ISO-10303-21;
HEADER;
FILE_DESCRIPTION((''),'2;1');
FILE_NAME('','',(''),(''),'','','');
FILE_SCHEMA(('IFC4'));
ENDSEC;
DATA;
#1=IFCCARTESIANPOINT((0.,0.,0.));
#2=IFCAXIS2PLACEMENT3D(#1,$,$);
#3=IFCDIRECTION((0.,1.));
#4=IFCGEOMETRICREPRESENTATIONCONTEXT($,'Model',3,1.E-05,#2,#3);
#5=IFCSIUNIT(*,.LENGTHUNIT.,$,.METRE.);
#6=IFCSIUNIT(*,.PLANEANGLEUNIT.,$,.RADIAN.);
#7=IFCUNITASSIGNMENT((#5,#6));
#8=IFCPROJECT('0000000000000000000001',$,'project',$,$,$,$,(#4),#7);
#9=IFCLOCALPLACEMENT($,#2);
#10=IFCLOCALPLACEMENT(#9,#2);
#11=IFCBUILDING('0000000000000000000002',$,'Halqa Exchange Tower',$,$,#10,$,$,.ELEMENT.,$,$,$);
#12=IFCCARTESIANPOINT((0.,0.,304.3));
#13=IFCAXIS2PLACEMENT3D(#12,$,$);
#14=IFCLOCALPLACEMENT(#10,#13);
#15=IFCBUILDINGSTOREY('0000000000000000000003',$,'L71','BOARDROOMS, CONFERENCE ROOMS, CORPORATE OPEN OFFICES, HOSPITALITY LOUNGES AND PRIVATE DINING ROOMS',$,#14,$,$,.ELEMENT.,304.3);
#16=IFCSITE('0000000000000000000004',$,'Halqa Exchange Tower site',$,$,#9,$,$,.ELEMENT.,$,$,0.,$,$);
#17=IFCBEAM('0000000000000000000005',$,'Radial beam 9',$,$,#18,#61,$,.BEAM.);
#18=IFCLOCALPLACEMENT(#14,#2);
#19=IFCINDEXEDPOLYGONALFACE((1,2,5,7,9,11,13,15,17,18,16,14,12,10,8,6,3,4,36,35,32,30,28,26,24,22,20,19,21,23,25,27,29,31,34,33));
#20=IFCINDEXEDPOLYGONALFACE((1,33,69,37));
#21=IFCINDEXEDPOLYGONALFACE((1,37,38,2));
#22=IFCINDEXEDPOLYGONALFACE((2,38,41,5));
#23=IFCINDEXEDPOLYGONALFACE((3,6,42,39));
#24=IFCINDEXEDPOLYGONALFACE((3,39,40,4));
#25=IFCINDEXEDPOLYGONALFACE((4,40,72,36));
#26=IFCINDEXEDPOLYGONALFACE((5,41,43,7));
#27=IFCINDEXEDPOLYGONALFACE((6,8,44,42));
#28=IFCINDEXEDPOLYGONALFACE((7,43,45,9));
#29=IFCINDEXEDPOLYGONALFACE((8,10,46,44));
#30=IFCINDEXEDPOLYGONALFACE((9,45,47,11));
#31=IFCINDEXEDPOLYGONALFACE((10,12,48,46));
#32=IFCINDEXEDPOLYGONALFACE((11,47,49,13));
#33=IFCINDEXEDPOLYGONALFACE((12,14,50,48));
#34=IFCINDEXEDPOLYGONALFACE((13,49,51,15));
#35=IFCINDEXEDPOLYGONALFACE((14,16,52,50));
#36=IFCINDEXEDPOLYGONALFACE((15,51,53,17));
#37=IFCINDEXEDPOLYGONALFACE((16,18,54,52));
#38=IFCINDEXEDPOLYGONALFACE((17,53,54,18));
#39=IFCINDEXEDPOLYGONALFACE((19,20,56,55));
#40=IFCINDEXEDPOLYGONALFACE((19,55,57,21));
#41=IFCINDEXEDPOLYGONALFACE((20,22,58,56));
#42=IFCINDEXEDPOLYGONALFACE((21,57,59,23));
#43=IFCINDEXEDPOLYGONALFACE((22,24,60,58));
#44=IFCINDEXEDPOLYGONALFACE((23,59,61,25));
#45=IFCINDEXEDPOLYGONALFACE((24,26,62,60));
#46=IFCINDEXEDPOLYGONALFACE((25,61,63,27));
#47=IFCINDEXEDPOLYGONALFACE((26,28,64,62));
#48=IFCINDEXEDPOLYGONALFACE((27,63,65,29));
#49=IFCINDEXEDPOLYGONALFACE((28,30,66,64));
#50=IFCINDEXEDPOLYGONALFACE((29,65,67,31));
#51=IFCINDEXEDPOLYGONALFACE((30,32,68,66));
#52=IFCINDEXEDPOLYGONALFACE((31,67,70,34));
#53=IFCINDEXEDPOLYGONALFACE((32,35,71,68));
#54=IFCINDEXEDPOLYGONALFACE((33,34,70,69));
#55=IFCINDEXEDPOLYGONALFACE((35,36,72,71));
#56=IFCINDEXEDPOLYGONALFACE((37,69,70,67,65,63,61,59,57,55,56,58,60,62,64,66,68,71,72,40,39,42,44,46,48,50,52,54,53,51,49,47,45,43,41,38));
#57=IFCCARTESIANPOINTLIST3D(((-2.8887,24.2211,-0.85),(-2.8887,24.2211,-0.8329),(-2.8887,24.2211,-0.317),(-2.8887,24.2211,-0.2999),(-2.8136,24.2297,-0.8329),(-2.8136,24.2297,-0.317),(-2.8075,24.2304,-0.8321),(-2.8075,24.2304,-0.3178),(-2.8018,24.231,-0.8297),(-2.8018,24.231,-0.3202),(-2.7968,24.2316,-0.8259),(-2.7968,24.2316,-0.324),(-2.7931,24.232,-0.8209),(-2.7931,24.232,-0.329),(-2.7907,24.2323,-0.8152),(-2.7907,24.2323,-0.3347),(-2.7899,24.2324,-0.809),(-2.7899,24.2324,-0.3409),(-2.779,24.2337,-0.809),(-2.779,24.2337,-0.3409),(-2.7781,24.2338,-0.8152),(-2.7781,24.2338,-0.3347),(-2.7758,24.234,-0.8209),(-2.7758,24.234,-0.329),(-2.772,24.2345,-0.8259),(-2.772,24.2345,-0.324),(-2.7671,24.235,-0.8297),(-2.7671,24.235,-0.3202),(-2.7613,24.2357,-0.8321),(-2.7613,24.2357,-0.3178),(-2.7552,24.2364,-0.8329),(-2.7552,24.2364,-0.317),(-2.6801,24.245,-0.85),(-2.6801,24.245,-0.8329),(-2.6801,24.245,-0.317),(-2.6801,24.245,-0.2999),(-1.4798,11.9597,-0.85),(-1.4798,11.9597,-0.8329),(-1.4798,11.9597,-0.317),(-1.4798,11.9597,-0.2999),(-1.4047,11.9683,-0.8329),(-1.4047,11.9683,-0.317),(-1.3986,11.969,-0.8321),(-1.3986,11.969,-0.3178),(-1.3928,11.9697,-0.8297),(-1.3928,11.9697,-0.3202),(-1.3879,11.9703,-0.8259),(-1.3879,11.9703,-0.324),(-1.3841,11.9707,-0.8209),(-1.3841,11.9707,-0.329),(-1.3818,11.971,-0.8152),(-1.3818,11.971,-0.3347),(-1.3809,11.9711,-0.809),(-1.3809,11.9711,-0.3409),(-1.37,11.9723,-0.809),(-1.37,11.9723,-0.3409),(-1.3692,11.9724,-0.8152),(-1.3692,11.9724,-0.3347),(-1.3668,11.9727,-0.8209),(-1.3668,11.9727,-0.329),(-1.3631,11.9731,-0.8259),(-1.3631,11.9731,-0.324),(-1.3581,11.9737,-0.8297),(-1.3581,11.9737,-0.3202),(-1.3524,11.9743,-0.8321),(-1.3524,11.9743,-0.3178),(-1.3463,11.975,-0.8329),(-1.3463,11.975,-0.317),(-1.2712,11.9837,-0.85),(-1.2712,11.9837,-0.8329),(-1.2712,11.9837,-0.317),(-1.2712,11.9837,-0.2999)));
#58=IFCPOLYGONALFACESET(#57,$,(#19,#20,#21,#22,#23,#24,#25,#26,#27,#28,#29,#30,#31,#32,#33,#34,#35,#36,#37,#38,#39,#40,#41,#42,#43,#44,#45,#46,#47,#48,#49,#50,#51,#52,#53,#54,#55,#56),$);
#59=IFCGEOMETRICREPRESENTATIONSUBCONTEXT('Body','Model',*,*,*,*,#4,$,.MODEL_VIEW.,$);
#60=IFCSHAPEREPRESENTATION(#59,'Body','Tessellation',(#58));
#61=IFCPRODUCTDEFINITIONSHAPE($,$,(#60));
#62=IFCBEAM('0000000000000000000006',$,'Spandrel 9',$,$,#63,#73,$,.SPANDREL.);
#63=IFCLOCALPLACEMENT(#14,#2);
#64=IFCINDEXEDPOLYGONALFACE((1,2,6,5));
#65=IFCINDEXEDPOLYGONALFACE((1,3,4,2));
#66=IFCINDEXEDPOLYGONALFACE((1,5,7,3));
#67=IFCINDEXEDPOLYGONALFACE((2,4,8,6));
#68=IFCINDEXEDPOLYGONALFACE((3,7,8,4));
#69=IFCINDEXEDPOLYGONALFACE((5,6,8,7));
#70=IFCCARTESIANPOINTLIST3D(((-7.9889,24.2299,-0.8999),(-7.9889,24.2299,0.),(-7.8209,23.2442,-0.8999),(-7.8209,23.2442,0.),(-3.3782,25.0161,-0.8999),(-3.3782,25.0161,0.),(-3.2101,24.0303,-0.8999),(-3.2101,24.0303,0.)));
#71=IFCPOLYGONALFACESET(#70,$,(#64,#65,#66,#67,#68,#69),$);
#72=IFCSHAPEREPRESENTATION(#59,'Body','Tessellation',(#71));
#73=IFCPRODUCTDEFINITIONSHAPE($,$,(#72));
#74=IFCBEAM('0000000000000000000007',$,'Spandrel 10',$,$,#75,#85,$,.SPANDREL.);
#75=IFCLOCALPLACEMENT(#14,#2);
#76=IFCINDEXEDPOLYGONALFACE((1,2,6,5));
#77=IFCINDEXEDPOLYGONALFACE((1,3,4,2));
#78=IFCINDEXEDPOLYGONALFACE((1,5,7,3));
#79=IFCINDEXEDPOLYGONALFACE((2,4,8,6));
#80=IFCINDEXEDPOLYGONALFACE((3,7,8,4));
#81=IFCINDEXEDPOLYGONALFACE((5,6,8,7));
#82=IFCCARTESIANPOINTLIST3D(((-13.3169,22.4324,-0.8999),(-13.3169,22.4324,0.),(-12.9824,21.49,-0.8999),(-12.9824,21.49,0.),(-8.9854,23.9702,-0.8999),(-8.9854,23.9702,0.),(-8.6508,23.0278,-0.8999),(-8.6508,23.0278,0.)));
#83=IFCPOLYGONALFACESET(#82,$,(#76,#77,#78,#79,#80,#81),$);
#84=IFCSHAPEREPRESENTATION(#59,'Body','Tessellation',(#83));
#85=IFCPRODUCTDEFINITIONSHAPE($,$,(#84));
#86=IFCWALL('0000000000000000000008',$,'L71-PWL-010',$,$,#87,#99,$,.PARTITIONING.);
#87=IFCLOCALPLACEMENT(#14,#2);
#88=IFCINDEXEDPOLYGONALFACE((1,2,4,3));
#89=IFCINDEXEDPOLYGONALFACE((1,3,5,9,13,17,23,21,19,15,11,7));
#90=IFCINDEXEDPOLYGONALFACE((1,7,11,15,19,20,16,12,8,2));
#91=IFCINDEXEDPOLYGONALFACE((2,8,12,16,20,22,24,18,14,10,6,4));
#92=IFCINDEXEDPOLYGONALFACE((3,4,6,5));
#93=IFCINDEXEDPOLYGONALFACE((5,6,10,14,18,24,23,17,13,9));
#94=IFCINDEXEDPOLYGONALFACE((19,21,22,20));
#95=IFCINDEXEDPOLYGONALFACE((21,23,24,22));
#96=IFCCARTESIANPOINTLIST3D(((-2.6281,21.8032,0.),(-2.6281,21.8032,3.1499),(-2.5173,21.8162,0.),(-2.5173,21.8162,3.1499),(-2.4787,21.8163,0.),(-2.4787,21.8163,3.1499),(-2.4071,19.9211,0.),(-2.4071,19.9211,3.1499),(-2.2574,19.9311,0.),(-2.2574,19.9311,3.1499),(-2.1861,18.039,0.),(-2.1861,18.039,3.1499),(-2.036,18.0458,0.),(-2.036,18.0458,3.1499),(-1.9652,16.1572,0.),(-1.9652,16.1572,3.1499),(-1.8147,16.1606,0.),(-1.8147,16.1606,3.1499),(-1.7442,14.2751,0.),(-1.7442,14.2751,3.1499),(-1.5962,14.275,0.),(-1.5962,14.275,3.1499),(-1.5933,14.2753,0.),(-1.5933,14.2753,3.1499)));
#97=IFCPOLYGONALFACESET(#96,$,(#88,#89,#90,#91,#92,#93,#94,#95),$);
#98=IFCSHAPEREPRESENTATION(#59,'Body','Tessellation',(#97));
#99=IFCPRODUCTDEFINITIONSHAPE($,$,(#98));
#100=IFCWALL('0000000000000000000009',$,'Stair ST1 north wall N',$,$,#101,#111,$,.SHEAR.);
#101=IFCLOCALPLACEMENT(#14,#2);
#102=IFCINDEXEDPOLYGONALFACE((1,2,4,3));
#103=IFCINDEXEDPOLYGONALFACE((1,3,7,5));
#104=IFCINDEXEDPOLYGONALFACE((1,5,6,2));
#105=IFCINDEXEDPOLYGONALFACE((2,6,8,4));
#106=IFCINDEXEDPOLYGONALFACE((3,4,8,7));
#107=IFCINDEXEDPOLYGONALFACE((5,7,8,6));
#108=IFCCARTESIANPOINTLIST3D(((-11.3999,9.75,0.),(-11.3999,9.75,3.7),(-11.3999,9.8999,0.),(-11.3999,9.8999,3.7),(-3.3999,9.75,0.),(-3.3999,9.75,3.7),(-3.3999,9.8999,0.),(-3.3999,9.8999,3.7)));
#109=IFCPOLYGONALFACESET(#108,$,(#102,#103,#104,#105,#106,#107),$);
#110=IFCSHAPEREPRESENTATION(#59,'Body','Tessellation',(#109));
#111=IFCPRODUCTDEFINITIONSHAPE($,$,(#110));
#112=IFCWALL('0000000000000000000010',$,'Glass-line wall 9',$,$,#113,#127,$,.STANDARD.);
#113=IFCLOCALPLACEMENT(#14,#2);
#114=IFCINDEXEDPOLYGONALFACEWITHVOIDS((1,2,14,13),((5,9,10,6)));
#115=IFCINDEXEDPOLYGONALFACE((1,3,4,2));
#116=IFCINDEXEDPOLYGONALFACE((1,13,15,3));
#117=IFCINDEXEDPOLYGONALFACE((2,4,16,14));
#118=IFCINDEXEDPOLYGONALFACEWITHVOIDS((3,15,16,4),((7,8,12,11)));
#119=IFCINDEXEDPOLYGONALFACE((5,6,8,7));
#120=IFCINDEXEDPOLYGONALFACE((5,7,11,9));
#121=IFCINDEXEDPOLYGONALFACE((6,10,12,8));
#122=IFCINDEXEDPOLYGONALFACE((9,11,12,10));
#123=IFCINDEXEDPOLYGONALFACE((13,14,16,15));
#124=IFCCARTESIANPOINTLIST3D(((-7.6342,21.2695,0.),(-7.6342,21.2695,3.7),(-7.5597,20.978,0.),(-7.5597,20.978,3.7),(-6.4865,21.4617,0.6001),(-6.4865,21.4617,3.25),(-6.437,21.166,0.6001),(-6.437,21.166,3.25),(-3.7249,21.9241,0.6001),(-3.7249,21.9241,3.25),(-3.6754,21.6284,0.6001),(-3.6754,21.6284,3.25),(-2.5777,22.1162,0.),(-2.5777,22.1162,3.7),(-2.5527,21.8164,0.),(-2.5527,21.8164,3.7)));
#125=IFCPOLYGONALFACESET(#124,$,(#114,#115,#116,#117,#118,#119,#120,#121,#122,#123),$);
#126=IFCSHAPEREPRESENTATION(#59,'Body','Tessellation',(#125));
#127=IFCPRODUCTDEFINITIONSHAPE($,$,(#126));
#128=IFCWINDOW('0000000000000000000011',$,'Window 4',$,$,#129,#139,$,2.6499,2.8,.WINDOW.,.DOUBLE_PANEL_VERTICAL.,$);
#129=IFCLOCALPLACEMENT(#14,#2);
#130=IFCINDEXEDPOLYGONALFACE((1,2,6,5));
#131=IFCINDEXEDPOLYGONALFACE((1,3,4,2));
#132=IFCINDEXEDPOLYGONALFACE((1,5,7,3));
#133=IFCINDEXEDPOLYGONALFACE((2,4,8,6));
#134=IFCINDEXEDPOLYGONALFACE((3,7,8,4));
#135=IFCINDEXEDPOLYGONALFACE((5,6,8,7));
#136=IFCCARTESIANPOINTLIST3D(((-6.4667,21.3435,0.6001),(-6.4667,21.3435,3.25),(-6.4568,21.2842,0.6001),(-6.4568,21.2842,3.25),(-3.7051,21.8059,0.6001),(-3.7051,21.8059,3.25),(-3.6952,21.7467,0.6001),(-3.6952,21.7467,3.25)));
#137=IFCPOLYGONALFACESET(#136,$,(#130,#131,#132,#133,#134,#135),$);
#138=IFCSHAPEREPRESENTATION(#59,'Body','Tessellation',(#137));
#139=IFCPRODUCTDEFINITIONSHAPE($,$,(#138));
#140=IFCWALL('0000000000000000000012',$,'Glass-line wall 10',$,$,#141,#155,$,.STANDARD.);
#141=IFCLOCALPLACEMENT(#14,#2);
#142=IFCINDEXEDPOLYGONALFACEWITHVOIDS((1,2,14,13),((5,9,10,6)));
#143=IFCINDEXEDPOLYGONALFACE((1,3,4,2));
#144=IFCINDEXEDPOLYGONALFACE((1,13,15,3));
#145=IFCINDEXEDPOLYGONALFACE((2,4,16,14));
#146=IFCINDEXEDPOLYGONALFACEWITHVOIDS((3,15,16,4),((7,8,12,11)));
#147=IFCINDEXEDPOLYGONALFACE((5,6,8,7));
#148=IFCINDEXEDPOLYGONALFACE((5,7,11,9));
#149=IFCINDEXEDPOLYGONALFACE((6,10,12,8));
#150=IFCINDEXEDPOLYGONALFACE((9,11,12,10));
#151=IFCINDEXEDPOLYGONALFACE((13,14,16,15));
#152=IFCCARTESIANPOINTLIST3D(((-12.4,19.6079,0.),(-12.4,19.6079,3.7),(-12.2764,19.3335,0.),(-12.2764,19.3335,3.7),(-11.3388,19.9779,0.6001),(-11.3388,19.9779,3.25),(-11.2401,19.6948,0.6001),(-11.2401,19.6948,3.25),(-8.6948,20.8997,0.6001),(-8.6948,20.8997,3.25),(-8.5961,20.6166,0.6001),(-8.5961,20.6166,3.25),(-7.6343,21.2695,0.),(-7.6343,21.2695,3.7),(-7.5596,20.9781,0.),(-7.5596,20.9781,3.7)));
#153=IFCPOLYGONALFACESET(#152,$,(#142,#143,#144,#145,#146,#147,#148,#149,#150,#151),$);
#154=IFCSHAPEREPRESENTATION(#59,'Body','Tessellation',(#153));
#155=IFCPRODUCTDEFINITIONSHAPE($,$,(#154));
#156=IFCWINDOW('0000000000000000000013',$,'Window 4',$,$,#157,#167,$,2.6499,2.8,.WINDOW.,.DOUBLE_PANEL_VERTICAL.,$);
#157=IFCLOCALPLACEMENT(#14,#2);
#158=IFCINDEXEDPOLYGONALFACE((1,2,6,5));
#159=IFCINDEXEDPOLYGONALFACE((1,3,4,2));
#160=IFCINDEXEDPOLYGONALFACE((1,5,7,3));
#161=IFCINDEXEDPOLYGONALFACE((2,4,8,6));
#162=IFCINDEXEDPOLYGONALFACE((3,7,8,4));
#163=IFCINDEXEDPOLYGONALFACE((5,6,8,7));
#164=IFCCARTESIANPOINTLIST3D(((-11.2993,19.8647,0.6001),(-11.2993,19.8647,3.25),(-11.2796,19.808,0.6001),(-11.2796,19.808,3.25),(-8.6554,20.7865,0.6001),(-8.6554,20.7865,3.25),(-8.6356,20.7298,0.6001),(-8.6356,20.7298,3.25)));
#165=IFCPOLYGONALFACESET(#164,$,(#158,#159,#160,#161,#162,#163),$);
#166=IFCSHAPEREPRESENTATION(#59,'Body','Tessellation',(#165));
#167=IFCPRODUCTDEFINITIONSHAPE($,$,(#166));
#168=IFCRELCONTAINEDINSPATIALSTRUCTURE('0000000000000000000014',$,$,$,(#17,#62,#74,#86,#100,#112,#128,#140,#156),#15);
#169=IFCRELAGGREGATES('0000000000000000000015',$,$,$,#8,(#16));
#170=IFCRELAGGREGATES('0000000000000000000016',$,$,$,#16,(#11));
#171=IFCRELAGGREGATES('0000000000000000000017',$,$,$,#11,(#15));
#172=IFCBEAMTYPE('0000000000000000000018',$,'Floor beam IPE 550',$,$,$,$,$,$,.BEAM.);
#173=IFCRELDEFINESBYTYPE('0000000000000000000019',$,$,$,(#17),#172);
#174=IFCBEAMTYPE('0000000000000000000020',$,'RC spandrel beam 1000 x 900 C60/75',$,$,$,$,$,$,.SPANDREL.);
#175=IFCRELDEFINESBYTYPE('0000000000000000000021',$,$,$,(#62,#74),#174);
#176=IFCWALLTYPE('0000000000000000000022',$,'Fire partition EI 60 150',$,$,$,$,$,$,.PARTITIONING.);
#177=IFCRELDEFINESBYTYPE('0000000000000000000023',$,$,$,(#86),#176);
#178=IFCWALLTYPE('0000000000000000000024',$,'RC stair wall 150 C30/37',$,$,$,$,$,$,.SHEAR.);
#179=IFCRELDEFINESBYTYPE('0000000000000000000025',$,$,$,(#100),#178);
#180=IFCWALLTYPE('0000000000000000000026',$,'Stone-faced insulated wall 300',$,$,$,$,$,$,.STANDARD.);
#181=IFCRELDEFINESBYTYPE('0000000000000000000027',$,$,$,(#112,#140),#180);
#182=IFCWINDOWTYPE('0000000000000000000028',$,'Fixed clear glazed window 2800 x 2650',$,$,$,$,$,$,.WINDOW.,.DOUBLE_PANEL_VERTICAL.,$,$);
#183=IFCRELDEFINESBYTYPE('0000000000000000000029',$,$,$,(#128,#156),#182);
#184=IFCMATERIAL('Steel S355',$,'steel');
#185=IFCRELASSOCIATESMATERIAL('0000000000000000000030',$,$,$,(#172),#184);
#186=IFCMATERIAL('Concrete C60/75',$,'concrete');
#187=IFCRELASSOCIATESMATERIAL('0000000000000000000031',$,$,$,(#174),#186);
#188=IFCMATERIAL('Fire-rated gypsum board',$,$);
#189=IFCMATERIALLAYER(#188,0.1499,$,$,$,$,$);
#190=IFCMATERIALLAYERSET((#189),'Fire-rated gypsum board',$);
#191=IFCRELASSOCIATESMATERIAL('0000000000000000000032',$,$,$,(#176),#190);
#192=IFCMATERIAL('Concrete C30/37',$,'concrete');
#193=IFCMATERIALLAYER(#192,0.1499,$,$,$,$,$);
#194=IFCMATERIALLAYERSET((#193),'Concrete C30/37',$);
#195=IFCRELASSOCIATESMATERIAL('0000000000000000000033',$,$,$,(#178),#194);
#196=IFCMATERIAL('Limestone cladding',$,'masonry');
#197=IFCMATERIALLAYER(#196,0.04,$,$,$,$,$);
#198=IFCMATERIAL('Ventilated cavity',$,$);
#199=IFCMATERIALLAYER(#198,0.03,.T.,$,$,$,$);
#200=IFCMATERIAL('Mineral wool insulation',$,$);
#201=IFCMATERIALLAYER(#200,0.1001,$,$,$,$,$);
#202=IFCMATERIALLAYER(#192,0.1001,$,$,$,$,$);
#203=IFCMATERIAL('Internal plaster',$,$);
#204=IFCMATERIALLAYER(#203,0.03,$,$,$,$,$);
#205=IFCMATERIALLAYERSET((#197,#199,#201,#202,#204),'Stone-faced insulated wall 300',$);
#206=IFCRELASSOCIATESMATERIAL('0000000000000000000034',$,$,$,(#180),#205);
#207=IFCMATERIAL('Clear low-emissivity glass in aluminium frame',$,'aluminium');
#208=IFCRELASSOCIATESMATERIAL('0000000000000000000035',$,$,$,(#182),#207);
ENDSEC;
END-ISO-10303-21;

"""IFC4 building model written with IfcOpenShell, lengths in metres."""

from ifc_helpers import new_model, si_unit, direction, frame, frame_2d, origin, origin_2d, place, context, subcontext, project, spatial, polyline, rectangle, i_section, outline, extrude, material, layer, layer_set, material_profile, profile_set, type_object, element, fill, save


model = new_model("IFC4")

# Units and contexts
model_context = context("Model", 3, precision=1e-05, world=origin(), true_north=direction((0.0, 1.0)))
body_context = subcontext(model_context, "Body", "Model", "MODEL_VIEW")
ifc_project = project(units=[si_unit("LENGTHUNIT", "METRE"), si_unit("PLANEANGLEUNIT", "RADIAN")], contexts=[model_context])

# Site, building, storey
site_placement = place(None, origin())
site = spatial("IfcSite", under=ifc_project, at=site_placement, Name="Halqa Exchange Tower site", CompositionType="ELEMENT", RefElevation=0.0)
building_placement = place(site_placement, origin())
building = spatial("IfcBuilding", under=site, at=building_placement, Name="Halqa Exchange Tower", CompositionType="ELEMENT")
storey_placement = place(building_placement, frame((0.0, 0.0, 304.3)))
storey = spatial("IfcBuildingStorey", under=building, at=storey_placement, Name="L71", Description="BOARDROOMS, CONFERENCE ROOMS, CORPORATE OPEN OFFICES, HOSPITALITY LOUNGES AND PRIVATE DINING ROOMS", CompositionType="ELEMENT", Elevation=304.3)

# Beams
ifc_material_1 = material(Name="Steel S355", Category="steel")
ifc_material_profile_1 = material_profile(ifc_material_1, i_section(OverallWidth=0.21, OverallDepth=0.55, WebThickness=0.011, FlangeThickness=0.0171, FilletRadius=0.0239, at=origin_2d()), Name="IPE 550")
ifc_profile_set_1 = profile_set([ifc_material_profile_1], Name="Steel S355")
beam_type_1 = type_object("IfcBeamType", Name="Floor beam IPE 550", PredefinedType="BEAM", material=ifc_profile_set_1)
beam_1_placement = place(storey_placement, frame((-1.3755, 11.9717, -0.575), z_axis=(-0.114156, 0.993463, 0.0), x_axis=(-0.993463, -0.114156, 0.0)))
element("IfcBeam", 1, at=beam_1_placement, inside=storey, type_object=beam_type_1, Name="Radial beam 9", PredefinedType="BEAM", context=body_context, shape_type="SweptSolid", body=[
    extrude(i_section(OverallWidth=0.21, OverallDepth=0.55, WebThickness=0.011, FlangeThickness=0.0171, FilletRadius=0.0239, at=origin_2d()), origin(), (0.0, 0.0, 1.0), 12.342),
])
ifc_material_2 = material(Name="Concrete C60/75", Category="concrete")
ifc_material_profile_2 = material_profile(ifc_material_2, rectangle(XDim=1.0, YDim=0.8999, at=origin_2d()), Name="1000 x 900")
ifc_profile_set_2 = profile_set([ifc_material_profile_2], Name="Concrete C60/75")
beam_type_2 = type_object("IfcBeamType", Name="RC spandrel beam 1000 x 900 C60/75", PredefinedType="SPANDREL", material=ifc_profile_set_2)
beam_2_placement = place(storey_placement, frame((-3.2942, 24.5232, -0.45), z_axis=(-0.985773, -0.16808, 0.0), x_axis=(0.16808, -0.985773, 0.0)))
element("IfcBeam", 2, at=beam_2_placement, inside=storey, type_object=beam_type_2, Name="Spandrel 9", PredefinedType="SPANDREL", context=body_context, shape_type="SweptSolid", body=[
    extrude(rectangle(XDim=1.0, YDim=0.8999, at=origin_2d()), origin(), (0.0, 0.0, 1.0), 4.6772),
])
beam_3_placement = place(storey_placement, frame((-8.8181, 23.499, -0.45), z_axis=(-0.94237, -0.334573, 0.0), x_axis=(0.334573, -0.94237, 0.0)))
element("IfcBeam", 3, at=beam_3_placement, inside=storey, type_object=beam_type_2, Name="Spandrel 10", PredefinedType="SPANDREL", context=body_context, shape_type="SweptSolid", body=[
    extrude(rectangle(XDim=1.0, YDim=0.8999, at=origin_2d()), origin(), (0.0, 0.0, 1.0), 4.5964),
])

# Walls
ifc_material_3 = material(Name="Fire-rated gypsum board")
ifc_layer_1 = layer(ifc_material_3, 0.1499)
ifc_layer_set_1 = layer_set([ifc_layer_1], Name="Fire-rated gypsum board")
wall_type_1 = type_object("IfcWallType", Name="Fire partition EI 60 150", PredefinedType="PARTITIONING", material=ifc_layer_set_1)
wall_1_placement = place(storey_placement, frame((-1.6677, 14.2666, 0.0), z_axis=(0.0, 0.0, 1.0), x_axis=(-0.116619, 0.993177, 0.0)))
element("IfcWall", 4, at=wall_1_placement, inside=storey, type_object=wall_type_1, Name="L71-PWL-010", PredefinedType="PARTITIONING", context=body_context, shape_type="SweptSolid", body=[
    extrude(outline(polyline([(0.0, -0.075), (1.8982, -0.075), (3.7964, -0.075), (5.6946, -0.075), (7.5928, -0.075), (7.5972, -0.0366), (7.5972, 0.075), (5.7021, 0.075), (3.8071, 0.075), (1.9124, 0.075), (0.0173, 0.075), (0.0, -0.072), (0.0, -0.075)])), origin(), (0.0, 0.0, 1.0), 3.1499),
])
ifc_material_4 = material(Name="Concrete C30/37", Category="concrete")
ifc_layer_2 = layer(ifc_material_4, 0.1499)
ifc_layer_set_2 = layer_set([ifc_layer_2], Name="Concrete C30/37")
wall_type_2 = type_object("IfcWallType", Name="RC stair wall 150 C30/37", PredefinedType="SHEAR", material=ifc_layer_set_2)
wall_2_placement = place(storey_placement, frame((-11.3999, 9.825, 0.0), z_axis=(0.0, 0.0, 1.0), x_axis=(1.0, 0.0, 0.0)))
element("IfcWall", 5, at=wall_2_placement, inside=storey, type_object=wall_type_2, Name="Stair ST1 north wall N", PredefinedType="SHEAR", context=body_context, shape_type="SweptSolid", body=[
    extrude(rectangle(XDim=8.0, YDim=0.1499, at=frame_2d((4.0, 0.0))), origin(), (0.0, 0.0, 1.0), 3.7),
])

# Walls, openings, windows
ifc_material_5 = material(Name="Limestone cladding", Category="masonry")
ifc_layer_3 = layer(ifc_material_5, 0.04)
ifc_material_6 = material(Name="Ventilated cavity")
ifc_layer_4 = layer(ifc_material_6, 0.03, ventilated=True)
ifc_material_7 = material(Name="Mineral wool insulation")
ifc_layer_5 = layer(ifc_material_7, 0.1001)
ifc_layer_6 = layer(ifc_material_4, 0.1001)
ifc_material_8 = material(Name="Internal plaster")
ifc_layer_7 = layer(ifc_material_8, 0.03)
ifc_layer_set_3 = layer_set([ifc_layer_3, ifc_layer_4, ifc_layer_5, ifc_layer_6, ifc_layer_7], Name="Stone-faced insulated wall 300")
wall_type_3 = type_object("IfcWallType", Name="Stone-faced insulated wall 300", PredefinedType="STANDARD", material=ifc_layer_set_3)
wall_3_placement = place(storey_placement, frame((-2.5652, 21.9663, 0.0), z_axis=(0.0, 0.0, 1.0), x_axis=(-0.986269, -0.165144, 0.0)))
wall_3 = element("IfcWall", 6, at=wall_3_placement, inside=storey, type_object=wall_type_3, Name="Glass-line wall 9", PredefinedType="STANDARD", context=body_context, shape_type="SweptSolid", body=[
    extrude(outline(polyline([(-0.0125, -0.1499), (5.1145, -0.1499), (5.0891, 0.1499), (0.0125, 0.1499), (-0.0125, -0.1499)])), origin(), (0.0, 0.0, 1.0), 3.7),
])
opening_1_placement = place(wall_3_placement, frame((1.1509, 0.0, 0.6001)))
opening_1 = element("IfcOpeningElement", 7, at=opening_1_placement, cuts=wall_3, PredefinedType="OPENING", context=body_context, shape_type="SweptSolid", body=[
    extrude(rectangle(XDim=2.8, YDim=2.6499, at=frame_2d((1.3999, 1.325))), frame((0.0, 0.1621, 0.0), z_axis=(0.0, -1.0, 0.0), x_axis=(1.0, 0.0, 0.0)), (0.0, 0.0, 1.0), 0.324),
])
ifc_material_9 = material(Name="Clear low-emissivity glass in aluminium frame", Category="aluminium")
window_type = type_object("IfcWindowType", Name="Fixed clear glazed window 2800 x 2650", PartitioningType="DOUBLE_PANEL_VERTICAL", PredefinedType="WINDOW", material=ifc_material_9)
window_1_placement = place(opening_1_placement, origin())
window_1 = element("IfcWindow", 8, at=window_1_placement, inside=storey, type_object=window_type, Name="Window 4", OverallHeight=2.6499, OverallWidth=2.8, PartitioningType="DOUBLE_PANEL_VERTICAL", PredefinedType="WINDOW", context=body_context, shape_type="SweptSolid", body=[
    extrude(rectangle(XDim=2.8, YDim=2.6499, at=frame_2d((1.3999, 1.325))), frame((0.0, 0.03, 0.0), z_axis=(0.0, -1.0, 0.0), x_axis=(1.0, 0.0, 0.0)), (0.0, 0.0, 1.0), 0.0601),
])
fill(opening_1, window_1)
wall_4_placement = place(storey_placement, frame((-7.5969, 21.1238, 0.0), z_axis=(0.0, 0.0, 1.0), x_axis=(-0.944252, -0.329224, 0.0)))
wall_4 = element("IfcWall", 9, at=wall_4_placement, inside=storey, type_object=wall_type_3, Name="Glass-line wall 10", PredefinedType="STANDARD", context=body_context, shape_type="SweptSolid", body=[
    extrude(outline(polyline([(-0.0127, -0.1499), (5.0344, -0.1499), (5.0081, 0.1499), (0.0127, 0.1499), (-0.0127, -0.1499)])), origin(), (0.0, 0.0, 1.0), 3.7),
])
opening_2_placement = place(wall_4_placement, frame((1.1106, 0.0, 0.6001)))
opening_2 = element("IfcOpeningElement", 10, at=opening_2_placement, cuts=wall_4, PredefinedType="OPENING", context=body_context, shape_type="SweptSolid", body=[
    extrude(rectangle(XDim=2.8, YDim=2.6499, at=frame_2d((1.3999, 1.325))), frame((0.0, 0.1621, 0.0), z_axis=(0.0, -1.0, 0.0), x_axis=(1.0, 0.0, 0.0)), (0.0, 0.0, 1.0), 0.324),
])
window_2_placement = place(opening_2_placement, origin())
window_2 = element("IfcWindow", 11, at=window_2_placement, inside=storey, type_object=window_type, Name="Window 4", OverallHeight=2.6499, OverallWidth=2.8, PartitioningType="DOUBLE_PANEL_VERTICAL", PredefinedType="WINDOW", context=body_context, shape_type="SweptSolid", body=[
    extrude(rectangle(XDim=2.8, YDim=2.6499, at=frame_2d((1.3999, 1.325))), frame((0.0, 0.03, 0.0), z_axis=(0.0, -1.0, 0.0), x_axis=(1.0, 0.0, 0.0)), (0.0, 0.0, 1.0), 0.0601),
])
fill(opening_2, window_2)

save(model, "model.ifc")
